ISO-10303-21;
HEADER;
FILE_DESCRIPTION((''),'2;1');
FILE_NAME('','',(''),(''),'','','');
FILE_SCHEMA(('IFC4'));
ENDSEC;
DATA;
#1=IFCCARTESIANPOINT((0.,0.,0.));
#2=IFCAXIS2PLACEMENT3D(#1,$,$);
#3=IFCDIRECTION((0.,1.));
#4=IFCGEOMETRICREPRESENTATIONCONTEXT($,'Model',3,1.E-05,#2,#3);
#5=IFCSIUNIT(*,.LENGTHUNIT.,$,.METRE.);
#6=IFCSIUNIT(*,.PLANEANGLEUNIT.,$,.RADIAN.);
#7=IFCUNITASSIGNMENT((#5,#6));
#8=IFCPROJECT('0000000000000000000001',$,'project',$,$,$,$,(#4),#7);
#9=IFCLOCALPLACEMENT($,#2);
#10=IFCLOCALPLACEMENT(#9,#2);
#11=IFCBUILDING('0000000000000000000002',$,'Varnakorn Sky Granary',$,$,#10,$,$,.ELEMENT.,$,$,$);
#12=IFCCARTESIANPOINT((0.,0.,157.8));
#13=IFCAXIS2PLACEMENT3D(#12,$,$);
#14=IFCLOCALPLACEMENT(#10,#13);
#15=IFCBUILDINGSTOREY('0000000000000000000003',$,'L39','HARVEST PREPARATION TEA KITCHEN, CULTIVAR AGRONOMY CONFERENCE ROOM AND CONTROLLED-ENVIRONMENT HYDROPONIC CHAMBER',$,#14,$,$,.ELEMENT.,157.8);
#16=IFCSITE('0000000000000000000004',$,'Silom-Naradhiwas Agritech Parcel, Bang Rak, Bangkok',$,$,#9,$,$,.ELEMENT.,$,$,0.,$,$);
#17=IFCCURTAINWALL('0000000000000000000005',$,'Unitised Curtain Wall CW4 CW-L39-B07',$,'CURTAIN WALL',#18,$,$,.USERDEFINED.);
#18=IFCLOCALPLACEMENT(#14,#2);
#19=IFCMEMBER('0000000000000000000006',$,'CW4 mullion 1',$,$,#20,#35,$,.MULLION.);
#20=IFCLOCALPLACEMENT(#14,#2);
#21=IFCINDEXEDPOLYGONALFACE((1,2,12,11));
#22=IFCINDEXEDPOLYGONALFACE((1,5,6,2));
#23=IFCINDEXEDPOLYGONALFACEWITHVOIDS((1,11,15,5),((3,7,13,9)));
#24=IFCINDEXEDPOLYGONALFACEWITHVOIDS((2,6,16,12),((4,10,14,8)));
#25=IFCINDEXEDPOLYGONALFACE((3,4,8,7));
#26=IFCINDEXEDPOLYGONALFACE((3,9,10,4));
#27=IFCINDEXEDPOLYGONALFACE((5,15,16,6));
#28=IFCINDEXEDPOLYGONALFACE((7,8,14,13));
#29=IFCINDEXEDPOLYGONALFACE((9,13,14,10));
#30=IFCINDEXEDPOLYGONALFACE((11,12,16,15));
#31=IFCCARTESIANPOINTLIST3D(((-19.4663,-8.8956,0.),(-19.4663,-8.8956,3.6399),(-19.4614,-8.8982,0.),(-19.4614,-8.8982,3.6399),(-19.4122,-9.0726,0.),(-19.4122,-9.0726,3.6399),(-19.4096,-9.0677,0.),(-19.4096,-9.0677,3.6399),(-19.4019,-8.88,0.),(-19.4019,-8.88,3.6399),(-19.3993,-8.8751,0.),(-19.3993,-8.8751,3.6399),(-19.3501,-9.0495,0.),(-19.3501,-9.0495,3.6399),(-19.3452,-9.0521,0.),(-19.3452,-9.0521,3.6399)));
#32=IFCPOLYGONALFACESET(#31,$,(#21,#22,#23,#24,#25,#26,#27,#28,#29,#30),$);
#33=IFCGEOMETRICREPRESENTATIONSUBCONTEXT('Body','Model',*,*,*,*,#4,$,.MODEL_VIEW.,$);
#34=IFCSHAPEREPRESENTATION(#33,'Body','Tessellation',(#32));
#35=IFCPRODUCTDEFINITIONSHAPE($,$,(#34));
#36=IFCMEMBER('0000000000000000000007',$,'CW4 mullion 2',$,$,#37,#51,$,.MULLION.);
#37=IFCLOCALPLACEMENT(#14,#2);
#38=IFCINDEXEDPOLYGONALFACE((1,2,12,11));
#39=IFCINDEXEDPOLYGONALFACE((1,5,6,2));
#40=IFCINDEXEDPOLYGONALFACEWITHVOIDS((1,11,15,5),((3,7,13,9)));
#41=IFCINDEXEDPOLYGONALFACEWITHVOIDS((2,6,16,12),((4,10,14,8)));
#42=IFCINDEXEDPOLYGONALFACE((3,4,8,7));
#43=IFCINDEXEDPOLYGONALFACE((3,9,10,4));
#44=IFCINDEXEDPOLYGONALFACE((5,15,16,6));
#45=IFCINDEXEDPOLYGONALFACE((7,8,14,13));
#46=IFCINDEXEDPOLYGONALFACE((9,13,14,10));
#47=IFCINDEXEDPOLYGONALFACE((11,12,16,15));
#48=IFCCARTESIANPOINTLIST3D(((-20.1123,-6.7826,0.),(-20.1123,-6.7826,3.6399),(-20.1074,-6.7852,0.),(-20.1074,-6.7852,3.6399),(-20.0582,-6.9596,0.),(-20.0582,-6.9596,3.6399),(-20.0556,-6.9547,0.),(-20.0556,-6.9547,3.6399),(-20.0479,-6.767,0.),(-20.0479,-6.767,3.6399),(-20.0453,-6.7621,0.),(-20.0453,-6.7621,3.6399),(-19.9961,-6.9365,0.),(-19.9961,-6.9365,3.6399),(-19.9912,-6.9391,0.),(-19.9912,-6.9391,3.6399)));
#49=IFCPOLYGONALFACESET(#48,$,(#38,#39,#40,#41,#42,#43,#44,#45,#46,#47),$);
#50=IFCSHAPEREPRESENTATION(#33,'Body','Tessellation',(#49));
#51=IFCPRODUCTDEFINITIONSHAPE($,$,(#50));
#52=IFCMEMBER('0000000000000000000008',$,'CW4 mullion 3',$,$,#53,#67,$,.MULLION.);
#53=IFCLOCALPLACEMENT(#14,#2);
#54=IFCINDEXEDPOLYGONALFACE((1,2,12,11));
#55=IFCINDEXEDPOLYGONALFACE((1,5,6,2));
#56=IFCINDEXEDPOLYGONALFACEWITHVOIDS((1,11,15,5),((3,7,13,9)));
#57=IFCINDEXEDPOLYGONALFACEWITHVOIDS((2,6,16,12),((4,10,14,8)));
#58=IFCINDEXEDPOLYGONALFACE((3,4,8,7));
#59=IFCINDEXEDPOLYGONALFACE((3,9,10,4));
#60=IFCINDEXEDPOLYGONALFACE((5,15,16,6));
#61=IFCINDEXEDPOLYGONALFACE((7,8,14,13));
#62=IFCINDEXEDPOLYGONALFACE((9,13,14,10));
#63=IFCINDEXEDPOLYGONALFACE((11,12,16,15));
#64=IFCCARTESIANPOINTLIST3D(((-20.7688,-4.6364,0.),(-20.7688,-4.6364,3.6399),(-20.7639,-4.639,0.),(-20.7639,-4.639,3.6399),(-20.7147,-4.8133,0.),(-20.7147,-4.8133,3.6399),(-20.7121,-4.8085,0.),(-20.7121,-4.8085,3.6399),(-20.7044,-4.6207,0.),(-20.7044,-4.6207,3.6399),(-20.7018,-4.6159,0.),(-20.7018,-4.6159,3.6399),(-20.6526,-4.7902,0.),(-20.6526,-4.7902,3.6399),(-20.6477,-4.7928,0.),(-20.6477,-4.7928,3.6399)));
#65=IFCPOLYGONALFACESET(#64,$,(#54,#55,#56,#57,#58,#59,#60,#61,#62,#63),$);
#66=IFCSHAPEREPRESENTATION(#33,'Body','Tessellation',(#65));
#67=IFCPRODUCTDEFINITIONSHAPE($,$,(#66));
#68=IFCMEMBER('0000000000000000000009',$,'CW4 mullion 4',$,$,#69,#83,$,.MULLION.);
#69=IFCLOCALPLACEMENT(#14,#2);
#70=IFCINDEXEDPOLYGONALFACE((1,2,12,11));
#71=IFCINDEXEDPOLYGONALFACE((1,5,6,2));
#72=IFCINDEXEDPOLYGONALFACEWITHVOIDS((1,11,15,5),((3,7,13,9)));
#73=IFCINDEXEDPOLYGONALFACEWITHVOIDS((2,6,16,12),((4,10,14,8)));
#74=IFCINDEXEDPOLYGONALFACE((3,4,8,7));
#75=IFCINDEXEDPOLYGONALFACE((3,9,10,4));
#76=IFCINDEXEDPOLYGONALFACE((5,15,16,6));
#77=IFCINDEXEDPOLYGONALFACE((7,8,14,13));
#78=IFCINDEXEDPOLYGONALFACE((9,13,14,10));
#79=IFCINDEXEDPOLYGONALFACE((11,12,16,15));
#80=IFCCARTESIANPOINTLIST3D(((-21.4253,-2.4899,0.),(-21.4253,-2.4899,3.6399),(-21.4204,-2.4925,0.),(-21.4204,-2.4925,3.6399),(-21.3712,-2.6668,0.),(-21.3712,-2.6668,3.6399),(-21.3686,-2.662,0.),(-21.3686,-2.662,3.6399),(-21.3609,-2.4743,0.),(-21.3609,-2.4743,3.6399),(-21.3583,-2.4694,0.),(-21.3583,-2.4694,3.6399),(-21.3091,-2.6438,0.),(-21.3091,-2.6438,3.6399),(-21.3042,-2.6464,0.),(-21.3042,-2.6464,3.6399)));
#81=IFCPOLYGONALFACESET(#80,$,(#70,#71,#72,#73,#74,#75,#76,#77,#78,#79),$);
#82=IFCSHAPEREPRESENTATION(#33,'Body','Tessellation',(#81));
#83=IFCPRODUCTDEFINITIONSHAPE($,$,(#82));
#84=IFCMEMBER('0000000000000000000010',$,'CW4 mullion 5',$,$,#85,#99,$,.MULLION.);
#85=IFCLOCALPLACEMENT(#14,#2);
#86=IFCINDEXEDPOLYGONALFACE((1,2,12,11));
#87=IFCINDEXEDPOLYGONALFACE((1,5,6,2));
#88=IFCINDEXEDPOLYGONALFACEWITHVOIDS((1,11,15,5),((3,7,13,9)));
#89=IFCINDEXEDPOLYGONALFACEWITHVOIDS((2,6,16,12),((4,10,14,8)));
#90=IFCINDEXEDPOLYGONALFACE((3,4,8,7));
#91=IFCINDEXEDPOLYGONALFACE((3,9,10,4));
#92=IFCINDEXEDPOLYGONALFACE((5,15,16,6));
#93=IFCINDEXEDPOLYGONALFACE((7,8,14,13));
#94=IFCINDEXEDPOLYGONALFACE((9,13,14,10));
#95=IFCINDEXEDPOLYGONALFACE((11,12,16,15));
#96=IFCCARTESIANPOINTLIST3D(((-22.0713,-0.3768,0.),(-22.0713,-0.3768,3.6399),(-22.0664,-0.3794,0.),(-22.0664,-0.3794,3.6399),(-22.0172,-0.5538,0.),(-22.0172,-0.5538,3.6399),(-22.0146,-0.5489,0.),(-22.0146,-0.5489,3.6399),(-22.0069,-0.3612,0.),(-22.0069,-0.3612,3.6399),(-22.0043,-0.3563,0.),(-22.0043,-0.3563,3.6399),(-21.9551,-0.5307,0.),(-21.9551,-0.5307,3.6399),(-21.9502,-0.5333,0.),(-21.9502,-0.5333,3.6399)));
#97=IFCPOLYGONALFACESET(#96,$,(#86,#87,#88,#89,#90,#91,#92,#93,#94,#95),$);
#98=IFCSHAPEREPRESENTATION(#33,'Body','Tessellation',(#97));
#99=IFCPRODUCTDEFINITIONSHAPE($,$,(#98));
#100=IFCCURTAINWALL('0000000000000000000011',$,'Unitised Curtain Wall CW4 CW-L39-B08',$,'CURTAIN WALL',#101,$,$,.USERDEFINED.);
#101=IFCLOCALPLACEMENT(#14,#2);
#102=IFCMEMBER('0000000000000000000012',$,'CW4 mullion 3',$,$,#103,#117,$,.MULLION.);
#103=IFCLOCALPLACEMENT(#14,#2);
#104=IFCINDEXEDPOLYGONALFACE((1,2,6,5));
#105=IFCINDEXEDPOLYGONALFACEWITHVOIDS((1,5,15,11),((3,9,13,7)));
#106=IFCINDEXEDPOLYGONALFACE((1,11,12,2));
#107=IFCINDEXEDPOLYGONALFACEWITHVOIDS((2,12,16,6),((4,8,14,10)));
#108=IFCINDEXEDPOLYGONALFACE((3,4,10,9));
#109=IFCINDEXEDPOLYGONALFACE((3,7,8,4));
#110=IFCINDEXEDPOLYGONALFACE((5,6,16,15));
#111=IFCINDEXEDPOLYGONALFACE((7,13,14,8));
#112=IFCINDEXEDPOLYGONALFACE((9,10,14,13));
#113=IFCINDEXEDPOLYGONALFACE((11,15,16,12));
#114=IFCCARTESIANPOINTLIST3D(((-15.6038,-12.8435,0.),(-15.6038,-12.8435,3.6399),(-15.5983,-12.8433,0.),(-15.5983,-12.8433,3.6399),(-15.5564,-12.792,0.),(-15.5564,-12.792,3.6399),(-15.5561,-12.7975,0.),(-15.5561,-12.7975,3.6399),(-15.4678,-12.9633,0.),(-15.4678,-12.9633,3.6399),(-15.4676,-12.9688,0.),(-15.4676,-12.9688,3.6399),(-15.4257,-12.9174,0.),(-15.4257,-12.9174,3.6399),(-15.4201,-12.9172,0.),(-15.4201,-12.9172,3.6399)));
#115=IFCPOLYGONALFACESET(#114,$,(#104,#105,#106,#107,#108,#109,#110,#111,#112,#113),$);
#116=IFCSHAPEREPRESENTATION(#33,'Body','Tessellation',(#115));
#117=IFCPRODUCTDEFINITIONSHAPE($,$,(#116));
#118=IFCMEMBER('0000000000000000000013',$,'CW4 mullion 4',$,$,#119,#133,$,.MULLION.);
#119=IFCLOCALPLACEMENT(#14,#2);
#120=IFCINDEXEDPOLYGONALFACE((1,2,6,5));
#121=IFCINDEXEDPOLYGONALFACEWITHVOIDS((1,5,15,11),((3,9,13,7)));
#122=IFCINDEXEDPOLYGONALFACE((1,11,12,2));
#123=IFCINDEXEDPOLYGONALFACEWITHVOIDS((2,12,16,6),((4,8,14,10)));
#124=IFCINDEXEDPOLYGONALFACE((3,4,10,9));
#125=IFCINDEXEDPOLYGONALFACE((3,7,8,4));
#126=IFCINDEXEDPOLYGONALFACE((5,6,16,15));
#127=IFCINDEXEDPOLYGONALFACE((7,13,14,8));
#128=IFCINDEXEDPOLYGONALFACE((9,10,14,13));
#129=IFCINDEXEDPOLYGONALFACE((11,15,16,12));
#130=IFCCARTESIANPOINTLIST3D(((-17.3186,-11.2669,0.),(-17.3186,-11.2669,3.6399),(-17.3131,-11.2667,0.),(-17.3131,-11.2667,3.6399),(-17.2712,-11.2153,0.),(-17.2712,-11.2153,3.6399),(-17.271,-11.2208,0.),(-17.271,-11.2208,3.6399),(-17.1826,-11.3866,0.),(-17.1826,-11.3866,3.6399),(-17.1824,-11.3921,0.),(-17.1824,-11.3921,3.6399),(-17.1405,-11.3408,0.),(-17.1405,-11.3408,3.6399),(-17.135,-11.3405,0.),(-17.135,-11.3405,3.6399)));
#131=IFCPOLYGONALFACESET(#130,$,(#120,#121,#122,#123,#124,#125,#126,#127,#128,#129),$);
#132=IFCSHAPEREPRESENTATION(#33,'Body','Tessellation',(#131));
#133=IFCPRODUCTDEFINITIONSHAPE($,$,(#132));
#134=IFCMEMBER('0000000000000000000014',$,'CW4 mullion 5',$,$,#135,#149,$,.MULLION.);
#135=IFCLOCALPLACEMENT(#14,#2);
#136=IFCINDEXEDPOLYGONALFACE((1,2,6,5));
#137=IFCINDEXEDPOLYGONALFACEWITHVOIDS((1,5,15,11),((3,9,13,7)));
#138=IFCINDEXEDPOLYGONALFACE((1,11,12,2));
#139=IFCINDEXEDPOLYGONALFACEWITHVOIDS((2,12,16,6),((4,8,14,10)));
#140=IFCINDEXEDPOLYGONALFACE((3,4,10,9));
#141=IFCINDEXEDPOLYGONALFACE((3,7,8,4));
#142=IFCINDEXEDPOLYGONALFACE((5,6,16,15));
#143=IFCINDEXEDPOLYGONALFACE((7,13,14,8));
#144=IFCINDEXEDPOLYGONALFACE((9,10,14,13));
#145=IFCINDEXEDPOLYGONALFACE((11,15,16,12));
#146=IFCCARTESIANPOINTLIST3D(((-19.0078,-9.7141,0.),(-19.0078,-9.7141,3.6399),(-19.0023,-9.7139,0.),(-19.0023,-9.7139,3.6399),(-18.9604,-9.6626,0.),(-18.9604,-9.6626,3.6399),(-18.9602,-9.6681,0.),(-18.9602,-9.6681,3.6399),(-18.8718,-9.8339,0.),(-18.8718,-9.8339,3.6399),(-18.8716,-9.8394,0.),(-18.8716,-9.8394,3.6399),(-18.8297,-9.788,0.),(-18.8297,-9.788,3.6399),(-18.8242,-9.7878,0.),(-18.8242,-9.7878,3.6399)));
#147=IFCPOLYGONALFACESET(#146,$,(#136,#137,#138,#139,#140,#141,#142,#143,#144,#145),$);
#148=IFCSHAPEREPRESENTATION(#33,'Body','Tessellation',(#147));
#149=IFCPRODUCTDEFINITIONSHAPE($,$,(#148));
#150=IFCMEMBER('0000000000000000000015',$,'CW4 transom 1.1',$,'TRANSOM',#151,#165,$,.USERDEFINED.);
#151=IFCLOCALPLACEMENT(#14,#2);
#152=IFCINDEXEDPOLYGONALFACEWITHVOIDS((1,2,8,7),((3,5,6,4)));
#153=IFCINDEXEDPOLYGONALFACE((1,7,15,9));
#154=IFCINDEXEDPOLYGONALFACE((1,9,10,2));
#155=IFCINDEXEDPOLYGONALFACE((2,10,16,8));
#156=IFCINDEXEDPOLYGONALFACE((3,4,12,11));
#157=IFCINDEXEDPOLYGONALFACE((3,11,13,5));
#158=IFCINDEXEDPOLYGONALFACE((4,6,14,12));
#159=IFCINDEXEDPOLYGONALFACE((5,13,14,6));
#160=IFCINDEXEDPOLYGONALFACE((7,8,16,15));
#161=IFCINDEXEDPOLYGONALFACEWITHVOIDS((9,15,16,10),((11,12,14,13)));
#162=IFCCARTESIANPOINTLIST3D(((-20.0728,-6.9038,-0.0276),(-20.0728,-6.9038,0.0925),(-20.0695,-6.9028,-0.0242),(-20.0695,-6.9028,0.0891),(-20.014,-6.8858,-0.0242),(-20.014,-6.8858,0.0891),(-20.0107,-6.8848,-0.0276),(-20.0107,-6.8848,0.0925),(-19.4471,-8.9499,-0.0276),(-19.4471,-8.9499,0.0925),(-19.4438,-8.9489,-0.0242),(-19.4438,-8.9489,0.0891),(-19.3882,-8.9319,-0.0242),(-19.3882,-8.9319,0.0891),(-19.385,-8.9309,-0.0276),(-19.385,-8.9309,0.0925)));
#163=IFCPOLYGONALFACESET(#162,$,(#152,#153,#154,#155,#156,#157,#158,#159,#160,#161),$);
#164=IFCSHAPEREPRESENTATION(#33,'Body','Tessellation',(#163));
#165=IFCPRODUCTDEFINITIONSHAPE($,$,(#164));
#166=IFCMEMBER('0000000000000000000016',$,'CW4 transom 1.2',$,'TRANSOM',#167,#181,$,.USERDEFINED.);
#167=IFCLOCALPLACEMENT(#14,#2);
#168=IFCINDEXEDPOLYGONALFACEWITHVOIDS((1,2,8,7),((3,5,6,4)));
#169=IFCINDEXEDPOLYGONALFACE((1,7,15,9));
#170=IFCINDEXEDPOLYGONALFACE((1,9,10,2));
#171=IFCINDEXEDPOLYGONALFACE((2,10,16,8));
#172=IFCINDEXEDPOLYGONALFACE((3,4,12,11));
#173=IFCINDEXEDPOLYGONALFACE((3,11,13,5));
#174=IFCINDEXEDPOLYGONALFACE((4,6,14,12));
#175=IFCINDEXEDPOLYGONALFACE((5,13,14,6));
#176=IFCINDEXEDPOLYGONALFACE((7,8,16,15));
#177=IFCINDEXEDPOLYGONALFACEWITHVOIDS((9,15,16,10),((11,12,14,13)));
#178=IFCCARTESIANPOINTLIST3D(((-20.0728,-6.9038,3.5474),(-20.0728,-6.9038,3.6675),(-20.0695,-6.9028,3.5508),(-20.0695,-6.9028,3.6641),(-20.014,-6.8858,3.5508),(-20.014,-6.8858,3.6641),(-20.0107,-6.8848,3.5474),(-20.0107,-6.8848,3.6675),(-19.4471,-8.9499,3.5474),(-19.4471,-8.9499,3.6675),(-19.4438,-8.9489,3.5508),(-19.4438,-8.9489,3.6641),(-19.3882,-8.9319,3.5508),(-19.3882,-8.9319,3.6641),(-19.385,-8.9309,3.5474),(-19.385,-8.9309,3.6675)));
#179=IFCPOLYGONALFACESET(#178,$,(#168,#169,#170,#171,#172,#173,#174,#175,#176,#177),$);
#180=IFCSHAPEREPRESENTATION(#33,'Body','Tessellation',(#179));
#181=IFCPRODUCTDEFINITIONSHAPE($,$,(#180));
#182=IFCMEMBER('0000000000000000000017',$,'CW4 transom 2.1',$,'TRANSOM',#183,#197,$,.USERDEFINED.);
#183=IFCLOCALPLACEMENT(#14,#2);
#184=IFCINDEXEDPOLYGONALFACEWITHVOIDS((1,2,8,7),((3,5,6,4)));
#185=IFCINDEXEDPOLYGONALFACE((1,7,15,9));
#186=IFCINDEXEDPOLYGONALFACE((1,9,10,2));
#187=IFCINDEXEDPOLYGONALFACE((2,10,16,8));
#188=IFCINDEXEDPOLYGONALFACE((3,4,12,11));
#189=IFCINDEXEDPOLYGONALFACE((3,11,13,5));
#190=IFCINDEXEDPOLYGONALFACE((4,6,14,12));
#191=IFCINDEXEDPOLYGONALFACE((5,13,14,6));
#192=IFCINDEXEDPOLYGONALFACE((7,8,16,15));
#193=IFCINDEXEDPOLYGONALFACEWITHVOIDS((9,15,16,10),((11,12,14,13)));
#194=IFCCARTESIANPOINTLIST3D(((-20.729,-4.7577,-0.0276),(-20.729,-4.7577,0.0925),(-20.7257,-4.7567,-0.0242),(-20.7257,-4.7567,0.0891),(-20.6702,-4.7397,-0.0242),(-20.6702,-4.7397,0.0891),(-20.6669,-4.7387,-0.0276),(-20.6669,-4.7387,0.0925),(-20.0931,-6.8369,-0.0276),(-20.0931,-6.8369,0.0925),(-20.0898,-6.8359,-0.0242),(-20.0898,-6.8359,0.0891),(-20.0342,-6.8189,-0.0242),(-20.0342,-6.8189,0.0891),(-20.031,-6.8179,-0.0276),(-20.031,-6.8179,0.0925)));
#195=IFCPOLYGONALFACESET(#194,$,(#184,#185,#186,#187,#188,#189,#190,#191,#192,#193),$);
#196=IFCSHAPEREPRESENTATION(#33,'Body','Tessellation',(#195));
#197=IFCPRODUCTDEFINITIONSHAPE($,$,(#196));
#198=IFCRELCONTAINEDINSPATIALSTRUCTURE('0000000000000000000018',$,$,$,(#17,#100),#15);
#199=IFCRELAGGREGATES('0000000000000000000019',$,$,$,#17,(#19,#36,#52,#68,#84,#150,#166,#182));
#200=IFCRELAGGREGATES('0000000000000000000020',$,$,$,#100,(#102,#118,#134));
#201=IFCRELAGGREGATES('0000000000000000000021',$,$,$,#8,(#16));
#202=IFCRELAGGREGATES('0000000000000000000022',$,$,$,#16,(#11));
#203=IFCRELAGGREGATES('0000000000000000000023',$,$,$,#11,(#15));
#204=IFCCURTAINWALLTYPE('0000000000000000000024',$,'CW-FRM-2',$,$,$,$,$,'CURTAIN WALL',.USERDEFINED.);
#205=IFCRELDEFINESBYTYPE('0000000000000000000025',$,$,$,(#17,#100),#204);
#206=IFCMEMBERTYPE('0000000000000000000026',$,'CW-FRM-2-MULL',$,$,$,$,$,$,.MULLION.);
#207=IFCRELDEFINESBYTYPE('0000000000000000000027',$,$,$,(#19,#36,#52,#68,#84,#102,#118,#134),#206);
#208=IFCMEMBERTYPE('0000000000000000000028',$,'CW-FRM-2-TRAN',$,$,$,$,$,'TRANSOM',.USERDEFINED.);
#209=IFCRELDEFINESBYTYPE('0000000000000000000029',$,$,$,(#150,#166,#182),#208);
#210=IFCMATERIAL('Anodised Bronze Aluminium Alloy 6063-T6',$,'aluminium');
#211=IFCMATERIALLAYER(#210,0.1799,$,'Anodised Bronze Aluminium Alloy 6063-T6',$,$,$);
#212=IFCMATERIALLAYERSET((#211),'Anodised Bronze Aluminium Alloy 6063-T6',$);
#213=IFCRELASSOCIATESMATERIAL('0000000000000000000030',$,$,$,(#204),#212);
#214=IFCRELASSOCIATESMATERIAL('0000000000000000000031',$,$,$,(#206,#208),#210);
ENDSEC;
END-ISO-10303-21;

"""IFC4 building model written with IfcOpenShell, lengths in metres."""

from ifc_helpers import new_model, si_unit, direction, frame, origin, origin_2d, place, context, subcontext, project, spatial, hollow_rectangle, extrude, material, layer, layer_set, material_profile, profile_set, type_object, element, aggregate, save


model = new_model("IFC4")

# Units and contexts
model_context = context("Model", 3, precision=1e-05, world=origin(), true_north=direction((0.0, 1.0)))
body_context = subcontext(model_context, "Body", "Model", "MODEL_VIEW")
ifc_project = project(units=[si_unit("LENGTHUNIT", "METRE"), si_unit("PLANEANGLEUNIT", "RADIAN")], contexts=[model_context])

# Site, building, storey
site_placement = place(None, origin())
site = spatial("IfcSite", under=ifc_project, at=site_placement, Name="Silom-Naradhiwas Agritech Parcel, Bang Rak, Bangkok", CompositionType="ELEMENT", RefElevation=0.0)
building_placement = place(site_placement, origin())
building = spatial("IfcBuilding", under=site, at=building_placement, Name="Varnakorn Sky Granary", CompositionType="ELEMENT")
storey_placement = place(building_placement, frame((0.0, 0.0, 157.8)))
storey = spatial("IfcBuildingStorey", under=building, at=storey_placement, Name="L39", Description="HARVEST PREPARATION TEA KITCHEN, CULTIVAR AGRONOMY CONFERENCE ROOM AND CONTROLLED-ENVIRONMENT HYDROPONIC CHAMBER", CompositionType="ELEMENT", Elevation=157.8)

# Curtain walls, members
ifc_material_1 = material(Name="Anodised Bronze Aluminium Alloy 6063-T6", Category="aluminium")
ifc_layer_1 = layer(ifc_material_1, 0.1799, Name="Anodised Bronze Aluminium Alloy 6063-T6")
ifc_layer_set_1 = layer_set([ifc_layer_1], Name="Anodised Bronze Aluminium Alloy 6063-T6")
curtain_wall_type = type_object("IfcCurtainWallType", Name="CW-FRM-2", ElementType="CURTAIN WALL", PredefinedType="USERDEFINED", material=ifc_layer_set_1)
curtain_wall_1_placement = place(storey_placement, origin())
curtain_wall_1 = element("IfcCurtainWall", 1, at=curtain_wall_1_placement, inside=storey, type_object=curtain_wall_type, Name="Unitised Curtain Wall CW4 CW-L39-B07", ObjectType="CURTAIN WALL", PredefinedType="USERDEFINED")
ifc_material_profile_1 = material_profile(ifc_material_1, hollow_rectangle(XDim=0.0701, YDim=0.1851, WallThickness=0.0039, at=origin_2d()), Name="ALU MULL 70x185")
ifc_profile_set_1 = profile_set([ifc_material_profile_1], Name="Anodised Bronze Aluminium Alloy 6063-T6")
member_type_1 = type_object("IfcMemberType", Name="CW-FRM-2-MULL", PredefinedType="MULLION", material=ifc_profile_set_1)
member_1_placement = place(storey_placement, frame((-19.4058, -8.9739, 0.0), z_axis=(0.0, 0.0, 1.0), x_axis=(-0.956285, -0.292435, 0.0)))
member_1 = element("IfcMember", 2, at=member_1_placement, type_object=member_type_1, Name="CW4 mullion 1", PredefinedType="MULLION", context=body_context, shape_type="SweptSolid", body=[
    extrude(hollow_rectangle(XDim=0.0701, YDim=0.1851, WallThickness=0.0039, at=origin_2d()), origin(), (0.0, 0.0, 1.0), 3.6399),
])
member_2_placement = place(storey_placement, frame((-20.0518, -6.8608, 0.0), z_axis=(0.0, 0.0, 1.0), x_axis=(-0.956285, -0.292435, 0.0)))
member_2 = element("IfcMember", 3, at=member_2_placement, type_object=member_type_1, Name="CW4 mullion 2", PredefinedType="MULLION", context=body_context, shape_type="SweptSolid", body=[
    extrude(hollow_rectangle(XDim=0.0701, YDim=0.1851, WallThickness=0.0039, at=origin_2d()), origin(), (0.0, 0.0, 1.0), 3.6399),
])
member_3_placement = place(storey_placement, frame((-20.7083, -4.7146, 0.0), z_axis=(0.0, 0.0, 1.0), x_axis=(-0.956285, -0.292435, 0.0)))
member_3 = element("IfcMember", 4, at=member_3_placement, type_object=member_type_1, Name="CW4 mullion 3", PredefinedType="MULLION", context=body_context, shape_type="SweptSolid", body=[
    extrude(hollow_rectangle(XDim=0.0701, YDim=0.1851, WallThickness=0.0039, at=origin_2d()), origin(), (0.0, 0.0, 1.0), 3.6399),
])
member_4_placement = place(storey_placement, frame((-21.3647, -2.5681, 0.0), z_axis=(0.0, 0.0, 1.0), x_axis=(-0.956285, -0.292435, 0.0)))
member_4 = element("IfcMember", 5, at=member_4_placement, type_object=member_type_1, Name="CW4 mullion 4", PredefinedType="MULLION", context=body_context, shape_type="SweptSolid", body=[
    extrude(hollow_rectangle(XDim=0.0701, YDim=0.1851, WallThickness=0.0039, at=origin_2d()), origin(), (0.0, 0.0, 1.0), 3.6399),
])
member_5_placement = place(storey_placement, frame((-22.0107, -0.4551, 0.0), z_axis=(0.0, 0.0, 1.0), x_axis=(-0.956285, -0.292435, 0.0)))
member_5 = element("IfcMember", 6, at=member_5_placement, type_object=member_type_1, Name="CW4 mullion 5", PredefinedType="MULLION", context=body_context, shape_type="SweptSolid", body=[
    extrude(hollow_rectangle(XDim=0.0701, YDim=0.1851, WallThickness=0.0039, at=origin_2d()), origin(), (0.0, 0.0, 1.0), 3.6399),
])
curtain_wall_2_placement = place(storey_placement, origin())
curtain_wall_2 = element("IfcCurtainWall", 7, at=curtain_wall_2_placement, inside=storey, type_object=curtain_wall_type, Name="Unitised Curtain Wall CW4 CW-L39-B08", ObjectType="CURTAIN WALL", PredefinedType="USERDEFINED")
member_6_placement = place(storey_placement, frame((-15.512, -12.8804, 0.0), z_axis=(0.0, 0.0, 1.0), x_axis=(-0.676758, -0.736205, 0.0)))
member_6 = element("IfcMember", 8, at=member_6_placement, type_object=member_type_1, Name="CW4 mullion 3", PredefinedType="MULLION", context=body_context, shape_type="SweptSolid", body=[
    extrude(hollow_rectangle(XDim=0.0701, YDim=0.1851, WallThickness=0.0039, at=origin_2d()), origin(), (0.0, 0.0, 1.0), 3.6399),
])
member_7_placement = place(storey_placement, frame((-17.2268, -11.3037, 0.0), z_axis=(0.0, 0.0, 1.0), x_axis=(-0.676758, -0.736205, 0.0)))
member_7 = element("IfcMember", 9, at=member_7_placement, type_object=member_type_1, Name="CW4 mullion 4", PredefinedType="MULLION", context=body_context, shape_type="SweptSolid", body=[
    extrude(hollow_rectangle(XDim=0.0701, YDim=0.1851, WallThickness=0.0039, at=origin_2d()), origin(), (0.0, 0.0, 1.0), 3.6399),
])
member_8_placement = place(storey_placement, frame((-18.916, -9.751, 0.0), z_axis=(0.0, 0.0, 1.0), x_axis=(-0.676758, -0.736205, 0.0)))
member_8 = element("IfcMember", 10, at=member_8_placement, type_object=member_type_1, Name="CW4 mullion 5", PredefinedType="MULLION", context=body_context, shape_type="SweptSolid", body=[
    extrude(hollow_rectangle(XDim=0.0701, YDim=0.1851, WallThickness=0.0039, at=origin_2d()), origin(), (0.0, 0.0, 1.0), 3.6399),
])

# Members
ifc_material_profile_2 = material_profile(ifc_material_1, hollow_rectangle(XDim=0.0649, YDim=0.1201, WallThickness=0.0034, at=origin_2d()), Name="ALU TRAN 65x120")
ifc_profile_set_2 = profile_set([ifc_material_profile_2], Name="Anodised Bronze Aluminium Alloy 6063-T6")
member_type_2 = type_object("IfcMemberType", Name="CW-FRM-2-TRAN", ElementType="TRANSOM", PredefinedType="USERDEFINED", material=ifc_profile_set_2)
member_9_placement = place(storey_placement, frame((-19.416, -8.9404, 0.0325), z_axis=(-0.292442, 0.956283, 0.0), x_axis=(-0.956283, -0.292442, 0.0)))
member_9 = element("IfcMember", 11, at=member_9_placement, type_object=member_type_2, Name="CW4 transom 1.1", ObjectType="TRANSOM", PredefinedType="USERDEFINED", context=body_context, shape_type="SweptSolid", body=[
    extrude(hollow_rectangle(XDim=0.0649, YDim=0.1201, WallThickness=0.0034, at=origin_2d()), origin(), (0.0, 0.0, 1.0), 2.1396),
])
member_10_placement = place(storey_placement, frame((-19.416, -8.9404, 3.6074), z_axis=(-0.292442, 0.956283, 0.0), x_axis=(-0.956283, -0.292442, 0.0)))
member_10 = element("IfcMember", 12, at=member_10_placement, type_object=member_type_2, Name="CW4 transom 1.2", ObjectType="TRANSOM", PredefinedType="USERDEFINED", context=body_context, shape_type="SweptSolid", body=[
    extrude(hollow_rectangle(XDim=0.0649, YDim=0.1201, WallThickness=0.0034, at=origin_2d()), origin(), (0.0, 0.0, 1.0), 2.1396),
])
member_11_placement = place(storey_placement, frame((-20.062, -6.8274, 0.0325), z_axis=(-0.292484, 0.95627, 0.0), x_axis=(-0.95627, -0.292484, 0.0)))
member_11 = element("IfcMember", 13, at=member_11_placement, type_object=member_type_2, Name="CW4 transom 2.1", ObjectType="TRANSOM", PredefinedType="USERDEFINED", context=body_context, shape_type="SweptSolid", body=[
    extrude(hollow_rectangle(XDim=0.0649, YDim=0.1201, WallThickness=0.0034, at=origin_2d()), origin(), (0.0, 0.0, 1.0), 2.1743),
])

aggregate(curtain_wall_1, [member_1, member_2, member_3, member_4, member_5, member_9, member_10, member_11])
aggregate(curtain_wall_2, [member_6, member_7, member_8])

save(model, "model.ifc")
